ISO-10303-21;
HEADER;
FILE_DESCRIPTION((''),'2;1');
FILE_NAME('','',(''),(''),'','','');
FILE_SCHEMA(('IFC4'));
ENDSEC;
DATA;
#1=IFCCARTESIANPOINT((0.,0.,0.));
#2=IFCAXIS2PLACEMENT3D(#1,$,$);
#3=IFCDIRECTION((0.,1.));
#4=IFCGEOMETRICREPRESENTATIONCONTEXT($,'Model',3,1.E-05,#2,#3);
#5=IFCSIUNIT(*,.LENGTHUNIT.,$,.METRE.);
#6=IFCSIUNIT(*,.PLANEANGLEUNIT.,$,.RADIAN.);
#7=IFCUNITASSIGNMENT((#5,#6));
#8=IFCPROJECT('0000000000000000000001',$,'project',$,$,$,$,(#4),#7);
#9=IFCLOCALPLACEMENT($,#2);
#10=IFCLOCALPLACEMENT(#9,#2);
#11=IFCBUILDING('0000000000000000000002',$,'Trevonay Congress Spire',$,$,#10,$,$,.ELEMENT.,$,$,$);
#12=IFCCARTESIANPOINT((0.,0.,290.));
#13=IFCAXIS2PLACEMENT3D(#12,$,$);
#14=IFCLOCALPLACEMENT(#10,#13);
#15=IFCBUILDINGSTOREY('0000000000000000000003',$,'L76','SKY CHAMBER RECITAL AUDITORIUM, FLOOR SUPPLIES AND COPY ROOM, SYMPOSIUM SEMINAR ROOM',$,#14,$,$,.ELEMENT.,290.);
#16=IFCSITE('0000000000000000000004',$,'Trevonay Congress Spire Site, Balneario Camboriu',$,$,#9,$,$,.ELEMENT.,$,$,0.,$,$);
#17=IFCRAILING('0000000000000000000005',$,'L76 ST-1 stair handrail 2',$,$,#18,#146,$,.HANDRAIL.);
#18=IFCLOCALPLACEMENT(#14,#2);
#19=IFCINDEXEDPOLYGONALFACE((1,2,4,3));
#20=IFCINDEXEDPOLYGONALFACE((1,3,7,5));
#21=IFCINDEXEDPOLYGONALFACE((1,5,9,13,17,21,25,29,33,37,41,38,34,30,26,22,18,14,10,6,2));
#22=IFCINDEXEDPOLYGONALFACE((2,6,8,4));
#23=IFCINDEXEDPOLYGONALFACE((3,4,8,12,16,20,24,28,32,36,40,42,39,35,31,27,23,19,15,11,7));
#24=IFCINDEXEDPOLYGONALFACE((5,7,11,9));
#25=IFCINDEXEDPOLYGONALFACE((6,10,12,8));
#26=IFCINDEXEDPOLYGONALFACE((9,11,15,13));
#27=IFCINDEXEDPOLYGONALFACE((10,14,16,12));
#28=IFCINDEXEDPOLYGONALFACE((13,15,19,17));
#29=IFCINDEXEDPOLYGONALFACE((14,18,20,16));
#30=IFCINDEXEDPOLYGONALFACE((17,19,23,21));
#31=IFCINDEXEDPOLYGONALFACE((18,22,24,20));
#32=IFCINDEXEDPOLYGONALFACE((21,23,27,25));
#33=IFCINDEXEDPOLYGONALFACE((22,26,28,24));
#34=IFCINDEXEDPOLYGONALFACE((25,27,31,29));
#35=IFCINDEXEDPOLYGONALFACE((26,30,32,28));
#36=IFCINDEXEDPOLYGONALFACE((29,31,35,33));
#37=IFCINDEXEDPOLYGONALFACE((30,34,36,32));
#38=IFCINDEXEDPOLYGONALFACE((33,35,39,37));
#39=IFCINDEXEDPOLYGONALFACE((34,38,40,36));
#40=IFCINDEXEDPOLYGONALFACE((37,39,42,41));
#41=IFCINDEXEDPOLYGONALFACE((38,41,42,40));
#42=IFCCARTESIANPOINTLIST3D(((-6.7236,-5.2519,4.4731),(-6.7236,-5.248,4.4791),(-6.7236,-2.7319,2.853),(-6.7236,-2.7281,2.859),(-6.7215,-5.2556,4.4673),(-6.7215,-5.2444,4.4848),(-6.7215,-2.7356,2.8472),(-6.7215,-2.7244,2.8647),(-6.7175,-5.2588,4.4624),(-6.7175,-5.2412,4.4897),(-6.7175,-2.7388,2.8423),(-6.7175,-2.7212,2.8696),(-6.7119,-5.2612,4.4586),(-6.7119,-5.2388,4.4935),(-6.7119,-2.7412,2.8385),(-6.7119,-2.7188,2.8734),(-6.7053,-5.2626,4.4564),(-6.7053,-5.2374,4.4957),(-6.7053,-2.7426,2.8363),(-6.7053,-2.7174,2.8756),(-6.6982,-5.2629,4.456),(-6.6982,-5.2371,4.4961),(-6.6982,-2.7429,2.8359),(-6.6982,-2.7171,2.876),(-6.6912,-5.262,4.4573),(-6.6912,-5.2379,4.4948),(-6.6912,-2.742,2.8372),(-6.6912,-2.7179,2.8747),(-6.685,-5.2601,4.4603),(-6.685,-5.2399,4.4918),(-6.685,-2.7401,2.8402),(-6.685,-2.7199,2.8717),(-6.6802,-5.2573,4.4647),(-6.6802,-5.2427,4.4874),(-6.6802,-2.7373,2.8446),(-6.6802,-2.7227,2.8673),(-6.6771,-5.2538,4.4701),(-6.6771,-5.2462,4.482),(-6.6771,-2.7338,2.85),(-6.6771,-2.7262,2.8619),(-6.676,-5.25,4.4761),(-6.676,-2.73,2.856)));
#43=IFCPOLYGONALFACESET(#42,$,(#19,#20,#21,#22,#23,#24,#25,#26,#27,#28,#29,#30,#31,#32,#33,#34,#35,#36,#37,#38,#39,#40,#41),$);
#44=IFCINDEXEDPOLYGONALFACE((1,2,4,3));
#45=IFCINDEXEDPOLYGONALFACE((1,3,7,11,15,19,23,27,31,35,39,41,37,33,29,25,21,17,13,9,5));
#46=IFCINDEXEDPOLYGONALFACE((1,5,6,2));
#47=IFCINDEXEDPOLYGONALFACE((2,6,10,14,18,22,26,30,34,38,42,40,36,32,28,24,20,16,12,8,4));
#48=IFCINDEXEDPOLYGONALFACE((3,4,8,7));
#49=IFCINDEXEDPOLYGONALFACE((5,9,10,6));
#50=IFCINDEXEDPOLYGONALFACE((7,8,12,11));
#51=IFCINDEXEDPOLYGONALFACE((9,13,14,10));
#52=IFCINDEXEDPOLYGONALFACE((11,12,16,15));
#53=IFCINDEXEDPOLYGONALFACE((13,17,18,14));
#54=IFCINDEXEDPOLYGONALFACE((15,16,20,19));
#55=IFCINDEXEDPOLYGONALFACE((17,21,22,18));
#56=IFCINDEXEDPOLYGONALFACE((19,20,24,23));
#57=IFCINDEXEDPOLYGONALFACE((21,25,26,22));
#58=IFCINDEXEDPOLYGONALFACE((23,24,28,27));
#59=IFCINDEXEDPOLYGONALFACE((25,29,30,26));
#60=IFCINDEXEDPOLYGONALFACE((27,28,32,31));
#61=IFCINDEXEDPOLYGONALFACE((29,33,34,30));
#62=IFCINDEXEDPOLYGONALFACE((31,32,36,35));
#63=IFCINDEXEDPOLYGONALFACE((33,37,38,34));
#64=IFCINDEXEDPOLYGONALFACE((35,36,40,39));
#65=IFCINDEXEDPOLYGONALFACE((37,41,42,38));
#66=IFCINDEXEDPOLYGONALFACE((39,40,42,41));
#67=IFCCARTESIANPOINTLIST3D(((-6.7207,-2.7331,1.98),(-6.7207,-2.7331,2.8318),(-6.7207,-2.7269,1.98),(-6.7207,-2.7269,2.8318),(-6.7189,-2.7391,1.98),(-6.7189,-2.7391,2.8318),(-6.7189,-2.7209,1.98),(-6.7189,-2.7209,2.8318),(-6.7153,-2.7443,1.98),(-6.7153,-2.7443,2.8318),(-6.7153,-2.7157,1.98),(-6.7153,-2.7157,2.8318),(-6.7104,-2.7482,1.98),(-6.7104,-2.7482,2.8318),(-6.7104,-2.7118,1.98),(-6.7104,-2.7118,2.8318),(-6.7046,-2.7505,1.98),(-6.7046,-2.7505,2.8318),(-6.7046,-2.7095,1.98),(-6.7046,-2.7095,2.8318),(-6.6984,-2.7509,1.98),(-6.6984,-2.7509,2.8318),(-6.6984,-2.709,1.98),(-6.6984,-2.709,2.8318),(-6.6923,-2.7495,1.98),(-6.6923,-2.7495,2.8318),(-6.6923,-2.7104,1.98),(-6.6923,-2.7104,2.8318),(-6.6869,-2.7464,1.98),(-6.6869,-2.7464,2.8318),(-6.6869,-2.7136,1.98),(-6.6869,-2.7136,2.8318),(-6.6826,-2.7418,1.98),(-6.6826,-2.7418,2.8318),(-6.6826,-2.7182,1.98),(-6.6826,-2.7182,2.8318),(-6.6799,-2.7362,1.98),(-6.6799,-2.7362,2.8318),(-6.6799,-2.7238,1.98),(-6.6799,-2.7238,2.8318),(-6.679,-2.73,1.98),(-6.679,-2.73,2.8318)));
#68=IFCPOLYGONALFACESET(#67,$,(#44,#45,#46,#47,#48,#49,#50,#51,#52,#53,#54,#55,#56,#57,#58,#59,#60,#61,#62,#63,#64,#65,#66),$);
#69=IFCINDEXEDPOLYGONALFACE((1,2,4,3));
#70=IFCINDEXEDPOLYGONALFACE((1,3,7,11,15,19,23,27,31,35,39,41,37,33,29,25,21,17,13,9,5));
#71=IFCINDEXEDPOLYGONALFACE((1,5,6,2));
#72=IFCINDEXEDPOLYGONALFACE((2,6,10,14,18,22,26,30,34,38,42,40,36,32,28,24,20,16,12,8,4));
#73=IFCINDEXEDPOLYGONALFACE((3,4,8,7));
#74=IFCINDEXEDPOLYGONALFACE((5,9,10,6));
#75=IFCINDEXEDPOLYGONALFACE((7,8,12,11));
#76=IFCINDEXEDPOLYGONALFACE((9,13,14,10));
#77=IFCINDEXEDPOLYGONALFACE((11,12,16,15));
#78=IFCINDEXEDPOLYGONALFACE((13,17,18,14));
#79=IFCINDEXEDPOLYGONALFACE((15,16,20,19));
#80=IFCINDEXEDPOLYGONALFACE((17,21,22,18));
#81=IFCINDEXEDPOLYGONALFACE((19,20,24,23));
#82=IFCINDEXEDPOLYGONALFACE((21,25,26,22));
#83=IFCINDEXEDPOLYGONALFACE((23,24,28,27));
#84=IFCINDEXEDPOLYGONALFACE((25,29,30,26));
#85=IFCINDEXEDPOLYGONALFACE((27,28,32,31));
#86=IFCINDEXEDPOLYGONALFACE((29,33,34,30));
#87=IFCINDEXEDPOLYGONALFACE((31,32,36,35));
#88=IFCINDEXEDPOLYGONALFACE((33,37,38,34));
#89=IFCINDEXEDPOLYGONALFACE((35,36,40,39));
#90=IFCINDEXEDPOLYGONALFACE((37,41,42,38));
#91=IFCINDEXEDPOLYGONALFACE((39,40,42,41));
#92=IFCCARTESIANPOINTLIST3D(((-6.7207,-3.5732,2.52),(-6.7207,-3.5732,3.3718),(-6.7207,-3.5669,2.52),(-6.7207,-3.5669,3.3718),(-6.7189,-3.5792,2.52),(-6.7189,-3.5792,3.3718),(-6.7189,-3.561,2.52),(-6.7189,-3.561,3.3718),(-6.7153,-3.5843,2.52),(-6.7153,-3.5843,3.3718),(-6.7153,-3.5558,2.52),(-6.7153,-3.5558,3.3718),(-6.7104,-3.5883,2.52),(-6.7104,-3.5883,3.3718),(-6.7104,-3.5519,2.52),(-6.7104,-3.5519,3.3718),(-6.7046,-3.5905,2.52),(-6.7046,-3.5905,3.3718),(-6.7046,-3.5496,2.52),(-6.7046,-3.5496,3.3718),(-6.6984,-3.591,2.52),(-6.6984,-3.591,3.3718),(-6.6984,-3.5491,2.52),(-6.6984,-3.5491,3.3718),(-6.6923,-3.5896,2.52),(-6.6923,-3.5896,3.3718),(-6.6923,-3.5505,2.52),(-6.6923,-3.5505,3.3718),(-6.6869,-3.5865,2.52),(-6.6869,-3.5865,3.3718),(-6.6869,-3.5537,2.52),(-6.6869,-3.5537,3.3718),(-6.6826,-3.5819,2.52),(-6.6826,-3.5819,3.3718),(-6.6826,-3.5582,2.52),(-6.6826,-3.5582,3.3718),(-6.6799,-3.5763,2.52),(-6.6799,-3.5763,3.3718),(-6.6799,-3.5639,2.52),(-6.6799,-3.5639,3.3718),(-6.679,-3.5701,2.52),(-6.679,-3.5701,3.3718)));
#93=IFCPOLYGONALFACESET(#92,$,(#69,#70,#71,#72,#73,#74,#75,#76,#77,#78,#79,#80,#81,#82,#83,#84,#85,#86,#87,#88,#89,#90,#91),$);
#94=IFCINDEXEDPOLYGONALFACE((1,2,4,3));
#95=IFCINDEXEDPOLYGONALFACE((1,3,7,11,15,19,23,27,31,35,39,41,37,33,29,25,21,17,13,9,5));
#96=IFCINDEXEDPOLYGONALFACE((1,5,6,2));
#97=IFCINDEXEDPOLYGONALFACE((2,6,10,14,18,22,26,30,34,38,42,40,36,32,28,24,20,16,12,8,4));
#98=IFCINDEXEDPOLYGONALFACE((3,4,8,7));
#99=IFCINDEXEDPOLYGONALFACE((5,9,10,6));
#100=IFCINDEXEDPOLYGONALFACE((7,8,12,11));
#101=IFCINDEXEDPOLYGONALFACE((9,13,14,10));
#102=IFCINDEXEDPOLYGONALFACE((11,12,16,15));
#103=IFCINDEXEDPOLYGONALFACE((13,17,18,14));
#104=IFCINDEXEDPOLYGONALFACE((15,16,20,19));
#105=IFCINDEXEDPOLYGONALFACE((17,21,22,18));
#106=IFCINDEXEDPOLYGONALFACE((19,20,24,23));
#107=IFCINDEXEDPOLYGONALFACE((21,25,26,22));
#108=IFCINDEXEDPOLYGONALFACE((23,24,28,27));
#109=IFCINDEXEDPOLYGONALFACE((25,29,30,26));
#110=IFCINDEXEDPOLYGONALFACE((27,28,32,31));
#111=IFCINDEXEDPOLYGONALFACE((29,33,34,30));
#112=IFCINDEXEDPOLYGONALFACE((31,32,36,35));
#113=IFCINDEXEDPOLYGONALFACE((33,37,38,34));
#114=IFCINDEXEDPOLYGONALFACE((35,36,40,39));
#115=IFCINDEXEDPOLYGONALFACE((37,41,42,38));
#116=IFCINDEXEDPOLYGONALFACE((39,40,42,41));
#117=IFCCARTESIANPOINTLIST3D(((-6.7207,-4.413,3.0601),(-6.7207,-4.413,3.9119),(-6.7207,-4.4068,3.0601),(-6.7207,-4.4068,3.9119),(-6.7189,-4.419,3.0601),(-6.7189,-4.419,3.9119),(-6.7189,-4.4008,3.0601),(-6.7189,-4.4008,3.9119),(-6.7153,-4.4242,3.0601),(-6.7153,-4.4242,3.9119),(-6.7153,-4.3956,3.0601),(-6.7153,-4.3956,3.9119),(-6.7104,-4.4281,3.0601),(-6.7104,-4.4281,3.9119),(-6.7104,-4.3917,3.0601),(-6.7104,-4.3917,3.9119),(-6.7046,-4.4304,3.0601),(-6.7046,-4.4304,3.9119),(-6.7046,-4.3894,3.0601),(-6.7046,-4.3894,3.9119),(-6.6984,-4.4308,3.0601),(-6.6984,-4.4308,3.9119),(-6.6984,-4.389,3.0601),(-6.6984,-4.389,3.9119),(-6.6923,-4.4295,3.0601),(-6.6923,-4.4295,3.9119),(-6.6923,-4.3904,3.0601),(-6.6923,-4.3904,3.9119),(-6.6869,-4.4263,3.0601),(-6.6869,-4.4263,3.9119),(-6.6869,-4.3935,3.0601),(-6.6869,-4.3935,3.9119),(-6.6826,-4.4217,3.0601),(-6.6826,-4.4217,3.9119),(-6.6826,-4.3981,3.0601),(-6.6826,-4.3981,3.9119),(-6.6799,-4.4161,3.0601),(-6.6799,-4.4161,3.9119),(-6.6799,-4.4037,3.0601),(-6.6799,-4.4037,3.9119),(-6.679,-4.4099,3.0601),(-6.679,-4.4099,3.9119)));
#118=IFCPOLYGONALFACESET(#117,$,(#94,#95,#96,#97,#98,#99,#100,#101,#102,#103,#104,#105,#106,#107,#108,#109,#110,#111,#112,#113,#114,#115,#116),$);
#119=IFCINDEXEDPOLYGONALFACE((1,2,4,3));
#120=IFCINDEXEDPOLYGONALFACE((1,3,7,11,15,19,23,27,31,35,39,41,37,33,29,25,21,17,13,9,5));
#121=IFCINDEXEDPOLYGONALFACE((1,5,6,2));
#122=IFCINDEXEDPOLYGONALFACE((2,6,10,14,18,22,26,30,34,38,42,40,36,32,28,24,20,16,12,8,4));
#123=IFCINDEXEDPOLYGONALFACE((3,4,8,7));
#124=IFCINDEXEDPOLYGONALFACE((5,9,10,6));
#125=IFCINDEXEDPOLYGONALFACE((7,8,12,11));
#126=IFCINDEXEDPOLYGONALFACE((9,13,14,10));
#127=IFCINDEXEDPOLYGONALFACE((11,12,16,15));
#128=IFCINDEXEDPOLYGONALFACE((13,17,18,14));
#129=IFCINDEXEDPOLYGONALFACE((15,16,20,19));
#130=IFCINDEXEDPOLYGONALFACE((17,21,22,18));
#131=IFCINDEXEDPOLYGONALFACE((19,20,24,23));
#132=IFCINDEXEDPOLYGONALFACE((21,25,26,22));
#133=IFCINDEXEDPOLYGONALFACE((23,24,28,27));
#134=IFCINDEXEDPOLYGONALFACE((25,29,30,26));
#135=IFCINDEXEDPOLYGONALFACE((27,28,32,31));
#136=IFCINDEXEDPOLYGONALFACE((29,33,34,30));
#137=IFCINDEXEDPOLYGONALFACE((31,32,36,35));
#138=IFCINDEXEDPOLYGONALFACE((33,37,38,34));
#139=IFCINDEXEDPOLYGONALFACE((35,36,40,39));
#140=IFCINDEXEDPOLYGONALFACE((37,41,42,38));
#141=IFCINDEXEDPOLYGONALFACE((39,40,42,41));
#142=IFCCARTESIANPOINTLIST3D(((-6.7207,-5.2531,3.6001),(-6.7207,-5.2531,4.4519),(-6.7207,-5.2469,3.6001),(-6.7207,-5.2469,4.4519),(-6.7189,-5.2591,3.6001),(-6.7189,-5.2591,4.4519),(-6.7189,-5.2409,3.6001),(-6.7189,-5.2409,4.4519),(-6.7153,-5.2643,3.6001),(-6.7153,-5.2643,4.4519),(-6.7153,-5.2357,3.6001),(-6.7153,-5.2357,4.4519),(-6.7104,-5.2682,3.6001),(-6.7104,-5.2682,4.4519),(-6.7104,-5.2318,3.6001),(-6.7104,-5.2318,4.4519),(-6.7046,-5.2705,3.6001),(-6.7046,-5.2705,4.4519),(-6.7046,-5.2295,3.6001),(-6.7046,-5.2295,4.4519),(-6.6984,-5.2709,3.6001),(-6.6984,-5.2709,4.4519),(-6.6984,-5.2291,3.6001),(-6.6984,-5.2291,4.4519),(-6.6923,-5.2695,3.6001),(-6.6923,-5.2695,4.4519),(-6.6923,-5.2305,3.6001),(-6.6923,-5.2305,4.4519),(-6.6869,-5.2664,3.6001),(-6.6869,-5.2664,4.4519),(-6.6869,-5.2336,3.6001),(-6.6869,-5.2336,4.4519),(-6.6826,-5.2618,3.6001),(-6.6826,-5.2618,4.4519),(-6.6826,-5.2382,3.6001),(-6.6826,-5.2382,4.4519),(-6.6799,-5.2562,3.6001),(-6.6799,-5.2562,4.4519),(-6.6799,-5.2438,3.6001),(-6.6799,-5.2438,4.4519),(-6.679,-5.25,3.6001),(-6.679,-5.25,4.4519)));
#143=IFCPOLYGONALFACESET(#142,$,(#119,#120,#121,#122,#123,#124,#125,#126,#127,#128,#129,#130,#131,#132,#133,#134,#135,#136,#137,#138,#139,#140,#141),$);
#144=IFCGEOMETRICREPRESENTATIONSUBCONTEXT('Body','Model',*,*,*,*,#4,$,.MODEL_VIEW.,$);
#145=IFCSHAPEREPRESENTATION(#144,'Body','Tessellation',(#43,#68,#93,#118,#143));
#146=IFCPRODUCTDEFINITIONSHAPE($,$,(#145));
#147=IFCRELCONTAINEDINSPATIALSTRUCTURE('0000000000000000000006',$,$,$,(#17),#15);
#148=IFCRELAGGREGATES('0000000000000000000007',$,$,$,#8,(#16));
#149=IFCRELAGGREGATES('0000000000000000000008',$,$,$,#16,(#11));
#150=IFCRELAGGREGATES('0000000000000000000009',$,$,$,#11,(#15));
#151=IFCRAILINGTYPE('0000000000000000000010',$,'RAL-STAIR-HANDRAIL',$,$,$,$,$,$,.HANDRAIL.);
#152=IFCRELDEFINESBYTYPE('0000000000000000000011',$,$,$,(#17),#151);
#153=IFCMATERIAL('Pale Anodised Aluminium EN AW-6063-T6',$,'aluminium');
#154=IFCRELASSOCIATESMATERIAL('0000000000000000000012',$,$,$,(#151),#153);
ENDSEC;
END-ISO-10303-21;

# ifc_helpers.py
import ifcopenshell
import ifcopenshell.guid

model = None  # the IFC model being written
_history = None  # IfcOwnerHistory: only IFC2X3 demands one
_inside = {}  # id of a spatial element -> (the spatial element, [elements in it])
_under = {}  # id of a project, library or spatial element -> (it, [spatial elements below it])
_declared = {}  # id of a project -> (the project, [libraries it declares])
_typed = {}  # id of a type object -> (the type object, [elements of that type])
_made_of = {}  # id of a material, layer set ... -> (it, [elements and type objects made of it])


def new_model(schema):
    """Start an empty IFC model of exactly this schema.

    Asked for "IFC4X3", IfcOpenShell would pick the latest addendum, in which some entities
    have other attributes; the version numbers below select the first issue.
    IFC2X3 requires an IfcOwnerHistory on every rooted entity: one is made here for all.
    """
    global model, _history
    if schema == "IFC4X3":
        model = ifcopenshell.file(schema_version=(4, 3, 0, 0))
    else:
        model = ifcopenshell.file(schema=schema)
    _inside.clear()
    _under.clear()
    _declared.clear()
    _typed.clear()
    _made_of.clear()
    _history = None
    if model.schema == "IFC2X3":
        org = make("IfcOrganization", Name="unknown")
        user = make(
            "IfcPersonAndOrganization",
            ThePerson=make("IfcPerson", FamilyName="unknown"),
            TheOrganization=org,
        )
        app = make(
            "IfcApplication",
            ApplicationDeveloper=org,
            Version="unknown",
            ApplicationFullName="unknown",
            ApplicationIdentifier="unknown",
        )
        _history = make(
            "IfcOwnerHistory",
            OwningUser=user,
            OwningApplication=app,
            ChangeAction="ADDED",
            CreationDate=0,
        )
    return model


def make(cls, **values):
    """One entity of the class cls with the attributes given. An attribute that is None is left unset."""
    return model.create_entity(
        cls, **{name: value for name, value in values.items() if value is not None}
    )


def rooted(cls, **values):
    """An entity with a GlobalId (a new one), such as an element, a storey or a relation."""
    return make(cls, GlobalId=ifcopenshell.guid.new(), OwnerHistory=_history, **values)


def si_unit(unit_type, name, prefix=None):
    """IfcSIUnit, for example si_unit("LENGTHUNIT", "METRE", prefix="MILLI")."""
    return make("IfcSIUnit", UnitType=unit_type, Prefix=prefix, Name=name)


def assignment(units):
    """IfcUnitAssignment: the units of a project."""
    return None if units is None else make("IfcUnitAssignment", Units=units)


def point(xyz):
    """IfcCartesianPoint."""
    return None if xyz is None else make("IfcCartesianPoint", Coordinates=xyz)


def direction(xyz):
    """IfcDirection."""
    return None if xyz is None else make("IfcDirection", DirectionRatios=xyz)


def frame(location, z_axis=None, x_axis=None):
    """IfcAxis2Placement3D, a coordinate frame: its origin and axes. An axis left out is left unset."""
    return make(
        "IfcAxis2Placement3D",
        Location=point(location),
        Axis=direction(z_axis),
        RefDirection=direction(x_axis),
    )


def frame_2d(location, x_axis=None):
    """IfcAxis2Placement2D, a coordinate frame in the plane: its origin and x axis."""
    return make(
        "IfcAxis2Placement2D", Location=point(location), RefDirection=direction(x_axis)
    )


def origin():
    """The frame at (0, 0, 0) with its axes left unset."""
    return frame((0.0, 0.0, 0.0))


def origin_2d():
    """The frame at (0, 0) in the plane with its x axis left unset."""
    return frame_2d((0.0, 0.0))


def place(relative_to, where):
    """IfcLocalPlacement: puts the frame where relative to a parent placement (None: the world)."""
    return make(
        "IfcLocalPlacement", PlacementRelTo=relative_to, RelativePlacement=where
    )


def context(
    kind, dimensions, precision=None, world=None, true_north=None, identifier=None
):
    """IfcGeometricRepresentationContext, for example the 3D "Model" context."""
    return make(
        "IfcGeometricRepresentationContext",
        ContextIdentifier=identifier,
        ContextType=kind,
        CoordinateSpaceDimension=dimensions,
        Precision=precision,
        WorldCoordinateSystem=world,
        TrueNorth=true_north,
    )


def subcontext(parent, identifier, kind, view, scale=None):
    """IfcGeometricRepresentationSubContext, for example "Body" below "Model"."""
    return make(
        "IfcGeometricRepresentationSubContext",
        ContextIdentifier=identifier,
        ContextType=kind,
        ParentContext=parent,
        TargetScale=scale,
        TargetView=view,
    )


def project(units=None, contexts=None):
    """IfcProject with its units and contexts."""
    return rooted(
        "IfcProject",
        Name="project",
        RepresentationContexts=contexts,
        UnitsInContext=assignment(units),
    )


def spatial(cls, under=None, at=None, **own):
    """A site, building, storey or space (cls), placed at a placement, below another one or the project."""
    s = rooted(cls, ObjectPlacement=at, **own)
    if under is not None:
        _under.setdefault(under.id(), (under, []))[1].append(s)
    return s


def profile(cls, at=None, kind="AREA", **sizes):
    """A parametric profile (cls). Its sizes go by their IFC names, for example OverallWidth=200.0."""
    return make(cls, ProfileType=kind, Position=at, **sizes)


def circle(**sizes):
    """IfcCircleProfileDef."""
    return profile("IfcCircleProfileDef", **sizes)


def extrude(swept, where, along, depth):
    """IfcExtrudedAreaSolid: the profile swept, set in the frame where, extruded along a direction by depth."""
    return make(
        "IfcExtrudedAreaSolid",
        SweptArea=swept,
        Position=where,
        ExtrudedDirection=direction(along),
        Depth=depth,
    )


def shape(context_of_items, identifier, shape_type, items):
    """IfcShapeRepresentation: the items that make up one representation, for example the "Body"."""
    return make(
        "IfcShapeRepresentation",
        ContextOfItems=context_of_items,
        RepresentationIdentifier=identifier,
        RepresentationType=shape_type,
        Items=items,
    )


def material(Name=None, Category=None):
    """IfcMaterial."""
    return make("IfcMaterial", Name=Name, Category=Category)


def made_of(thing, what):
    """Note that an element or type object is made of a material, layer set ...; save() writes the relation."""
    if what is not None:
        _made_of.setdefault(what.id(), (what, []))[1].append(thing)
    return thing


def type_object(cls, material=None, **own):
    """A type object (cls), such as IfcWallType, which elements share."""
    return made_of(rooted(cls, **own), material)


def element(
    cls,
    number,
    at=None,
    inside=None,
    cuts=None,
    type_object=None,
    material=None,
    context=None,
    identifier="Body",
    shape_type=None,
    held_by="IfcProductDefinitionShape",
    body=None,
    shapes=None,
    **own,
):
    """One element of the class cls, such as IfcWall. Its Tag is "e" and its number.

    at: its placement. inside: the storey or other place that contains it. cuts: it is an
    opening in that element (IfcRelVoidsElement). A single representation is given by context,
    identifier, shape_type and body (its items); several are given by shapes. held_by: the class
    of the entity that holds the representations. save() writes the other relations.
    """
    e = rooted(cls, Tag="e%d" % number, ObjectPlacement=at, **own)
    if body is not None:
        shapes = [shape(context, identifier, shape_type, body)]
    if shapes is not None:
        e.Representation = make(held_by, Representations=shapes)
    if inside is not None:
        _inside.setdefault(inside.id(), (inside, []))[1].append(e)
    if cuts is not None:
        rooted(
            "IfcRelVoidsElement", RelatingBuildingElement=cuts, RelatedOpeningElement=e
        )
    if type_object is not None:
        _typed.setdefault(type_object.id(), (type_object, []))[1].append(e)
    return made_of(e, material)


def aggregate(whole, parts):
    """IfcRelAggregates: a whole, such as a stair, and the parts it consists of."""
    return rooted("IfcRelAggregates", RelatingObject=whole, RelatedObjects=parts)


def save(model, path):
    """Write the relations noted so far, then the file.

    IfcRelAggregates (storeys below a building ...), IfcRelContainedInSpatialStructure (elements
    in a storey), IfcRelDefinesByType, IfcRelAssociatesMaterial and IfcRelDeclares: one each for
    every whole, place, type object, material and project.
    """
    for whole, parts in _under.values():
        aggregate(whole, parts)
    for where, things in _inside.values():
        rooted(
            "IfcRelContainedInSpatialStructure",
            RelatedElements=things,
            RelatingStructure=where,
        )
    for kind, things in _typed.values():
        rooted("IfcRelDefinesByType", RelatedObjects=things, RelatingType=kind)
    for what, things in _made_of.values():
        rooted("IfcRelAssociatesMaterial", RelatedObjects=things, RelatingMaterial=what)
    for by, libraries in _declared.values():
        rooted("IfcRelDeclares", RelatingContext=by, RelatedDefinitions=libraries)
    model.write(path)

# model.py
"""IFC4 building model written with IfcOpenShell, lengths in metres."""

from ifc_helpers import new_model, si_unit, direction, frame, origin, origin_2d, place, context, subcontext, project, spatial, circle, extrude, material, type_object, element, save


model = new_model("IFC4")

# Units and contexts
model_context = context("Model", 3, precision=1e-05, world=origin(), true_north=direction((0.0, 1.0)))
body_context = subcontext(model_context, "Body", "Model", "MODEL_VIEW")
ifc_project = project(units=[si_unit("LENGTHUNIT", "METRE"), si_unit("PLANEANGLEUNIT", "RADIAN")], contexts=[model_context])

# Site, building, storey
site_placement = place(None, origin())
site = spatial("IfcSite", under=ifc_project, at=site_placement, Name="Trevonay Congress Spire Site, Balneario Camboriu", CompositionType="ELEMENT", RefElevation=0.0)
building_placement = place(site_placement, origin())
building = spatial("IfcBuilding", under=site, at=building_placement, Name="Trevonay Congress Spire", CompositionType="ELEMENT")
storey_placement = place(building_placement, frame((0.0, 0.0, 290.0)))
storey = spatial("IfcBuildingStorey", under=building, at=storey_placement, Name="L76", Description="SKY CHAMBER RECITAL AUDITORIUM, FLOOR SUPPLIES AND COPY ROOM, SYMPOSIUM SEMINAR ROOM", CompositionType="ELEMENT", Elevation=290.0)

# Railing
ifc_material_1 = material(Name="Pale Anodised Aluminium EN AW-6063-T6", Category="aluminium")
railing_type_1 = type_object("IfcRailingType", Name="RAL-STAIR-HANDRAIL", PredefinedType="HANDRAIL", material=ifc_material_1)
railing_1_placement = place(storey_placement, frame((-6.7, -2.73, 1.98)))
element("IfcRailing", 1, at=railing_1_placement, inside=storey, type_object=railing_type_1, Name="L76 ST-1 stair handrail 2", PredefinedType="HANDRAIL", context=body_context, shape_type="SweptSolid", body=[
    extrude(circle(Radius=0.0239, at=origin_2d()), frame((0.0, 0.0, 0.876), z_axis=(0.0, -0.841163, 0.540782), x_axis=(1.0, 0.0, 0.0)), (0.0, 0.0, 1.0), 2.9958),
    extrude(circle(Radius=0.021, at=origin_2d()), origin(), (0.0, 0.0, 1.0), 0.8518),
    extrude(circle(Radius=0.021, at=origin_2d()), frame((0.0, -0.8401, 0.54)), (0.0, 0.0, 1.0), 0.8518),
    extrude(circle(Radius=0.021, at=origin_2d()), frame((0.0, -1.6799, 1.0801)), (0.0, 0.0, 1.0), 0.8518),
    extrude(circle(Radius=0.021, at=origin_2d()), frame((0.0, -2.52, 1.6201)), (0.0, 0.0, 1.0), 0.8518),
])

save(model, "model.ifc")
